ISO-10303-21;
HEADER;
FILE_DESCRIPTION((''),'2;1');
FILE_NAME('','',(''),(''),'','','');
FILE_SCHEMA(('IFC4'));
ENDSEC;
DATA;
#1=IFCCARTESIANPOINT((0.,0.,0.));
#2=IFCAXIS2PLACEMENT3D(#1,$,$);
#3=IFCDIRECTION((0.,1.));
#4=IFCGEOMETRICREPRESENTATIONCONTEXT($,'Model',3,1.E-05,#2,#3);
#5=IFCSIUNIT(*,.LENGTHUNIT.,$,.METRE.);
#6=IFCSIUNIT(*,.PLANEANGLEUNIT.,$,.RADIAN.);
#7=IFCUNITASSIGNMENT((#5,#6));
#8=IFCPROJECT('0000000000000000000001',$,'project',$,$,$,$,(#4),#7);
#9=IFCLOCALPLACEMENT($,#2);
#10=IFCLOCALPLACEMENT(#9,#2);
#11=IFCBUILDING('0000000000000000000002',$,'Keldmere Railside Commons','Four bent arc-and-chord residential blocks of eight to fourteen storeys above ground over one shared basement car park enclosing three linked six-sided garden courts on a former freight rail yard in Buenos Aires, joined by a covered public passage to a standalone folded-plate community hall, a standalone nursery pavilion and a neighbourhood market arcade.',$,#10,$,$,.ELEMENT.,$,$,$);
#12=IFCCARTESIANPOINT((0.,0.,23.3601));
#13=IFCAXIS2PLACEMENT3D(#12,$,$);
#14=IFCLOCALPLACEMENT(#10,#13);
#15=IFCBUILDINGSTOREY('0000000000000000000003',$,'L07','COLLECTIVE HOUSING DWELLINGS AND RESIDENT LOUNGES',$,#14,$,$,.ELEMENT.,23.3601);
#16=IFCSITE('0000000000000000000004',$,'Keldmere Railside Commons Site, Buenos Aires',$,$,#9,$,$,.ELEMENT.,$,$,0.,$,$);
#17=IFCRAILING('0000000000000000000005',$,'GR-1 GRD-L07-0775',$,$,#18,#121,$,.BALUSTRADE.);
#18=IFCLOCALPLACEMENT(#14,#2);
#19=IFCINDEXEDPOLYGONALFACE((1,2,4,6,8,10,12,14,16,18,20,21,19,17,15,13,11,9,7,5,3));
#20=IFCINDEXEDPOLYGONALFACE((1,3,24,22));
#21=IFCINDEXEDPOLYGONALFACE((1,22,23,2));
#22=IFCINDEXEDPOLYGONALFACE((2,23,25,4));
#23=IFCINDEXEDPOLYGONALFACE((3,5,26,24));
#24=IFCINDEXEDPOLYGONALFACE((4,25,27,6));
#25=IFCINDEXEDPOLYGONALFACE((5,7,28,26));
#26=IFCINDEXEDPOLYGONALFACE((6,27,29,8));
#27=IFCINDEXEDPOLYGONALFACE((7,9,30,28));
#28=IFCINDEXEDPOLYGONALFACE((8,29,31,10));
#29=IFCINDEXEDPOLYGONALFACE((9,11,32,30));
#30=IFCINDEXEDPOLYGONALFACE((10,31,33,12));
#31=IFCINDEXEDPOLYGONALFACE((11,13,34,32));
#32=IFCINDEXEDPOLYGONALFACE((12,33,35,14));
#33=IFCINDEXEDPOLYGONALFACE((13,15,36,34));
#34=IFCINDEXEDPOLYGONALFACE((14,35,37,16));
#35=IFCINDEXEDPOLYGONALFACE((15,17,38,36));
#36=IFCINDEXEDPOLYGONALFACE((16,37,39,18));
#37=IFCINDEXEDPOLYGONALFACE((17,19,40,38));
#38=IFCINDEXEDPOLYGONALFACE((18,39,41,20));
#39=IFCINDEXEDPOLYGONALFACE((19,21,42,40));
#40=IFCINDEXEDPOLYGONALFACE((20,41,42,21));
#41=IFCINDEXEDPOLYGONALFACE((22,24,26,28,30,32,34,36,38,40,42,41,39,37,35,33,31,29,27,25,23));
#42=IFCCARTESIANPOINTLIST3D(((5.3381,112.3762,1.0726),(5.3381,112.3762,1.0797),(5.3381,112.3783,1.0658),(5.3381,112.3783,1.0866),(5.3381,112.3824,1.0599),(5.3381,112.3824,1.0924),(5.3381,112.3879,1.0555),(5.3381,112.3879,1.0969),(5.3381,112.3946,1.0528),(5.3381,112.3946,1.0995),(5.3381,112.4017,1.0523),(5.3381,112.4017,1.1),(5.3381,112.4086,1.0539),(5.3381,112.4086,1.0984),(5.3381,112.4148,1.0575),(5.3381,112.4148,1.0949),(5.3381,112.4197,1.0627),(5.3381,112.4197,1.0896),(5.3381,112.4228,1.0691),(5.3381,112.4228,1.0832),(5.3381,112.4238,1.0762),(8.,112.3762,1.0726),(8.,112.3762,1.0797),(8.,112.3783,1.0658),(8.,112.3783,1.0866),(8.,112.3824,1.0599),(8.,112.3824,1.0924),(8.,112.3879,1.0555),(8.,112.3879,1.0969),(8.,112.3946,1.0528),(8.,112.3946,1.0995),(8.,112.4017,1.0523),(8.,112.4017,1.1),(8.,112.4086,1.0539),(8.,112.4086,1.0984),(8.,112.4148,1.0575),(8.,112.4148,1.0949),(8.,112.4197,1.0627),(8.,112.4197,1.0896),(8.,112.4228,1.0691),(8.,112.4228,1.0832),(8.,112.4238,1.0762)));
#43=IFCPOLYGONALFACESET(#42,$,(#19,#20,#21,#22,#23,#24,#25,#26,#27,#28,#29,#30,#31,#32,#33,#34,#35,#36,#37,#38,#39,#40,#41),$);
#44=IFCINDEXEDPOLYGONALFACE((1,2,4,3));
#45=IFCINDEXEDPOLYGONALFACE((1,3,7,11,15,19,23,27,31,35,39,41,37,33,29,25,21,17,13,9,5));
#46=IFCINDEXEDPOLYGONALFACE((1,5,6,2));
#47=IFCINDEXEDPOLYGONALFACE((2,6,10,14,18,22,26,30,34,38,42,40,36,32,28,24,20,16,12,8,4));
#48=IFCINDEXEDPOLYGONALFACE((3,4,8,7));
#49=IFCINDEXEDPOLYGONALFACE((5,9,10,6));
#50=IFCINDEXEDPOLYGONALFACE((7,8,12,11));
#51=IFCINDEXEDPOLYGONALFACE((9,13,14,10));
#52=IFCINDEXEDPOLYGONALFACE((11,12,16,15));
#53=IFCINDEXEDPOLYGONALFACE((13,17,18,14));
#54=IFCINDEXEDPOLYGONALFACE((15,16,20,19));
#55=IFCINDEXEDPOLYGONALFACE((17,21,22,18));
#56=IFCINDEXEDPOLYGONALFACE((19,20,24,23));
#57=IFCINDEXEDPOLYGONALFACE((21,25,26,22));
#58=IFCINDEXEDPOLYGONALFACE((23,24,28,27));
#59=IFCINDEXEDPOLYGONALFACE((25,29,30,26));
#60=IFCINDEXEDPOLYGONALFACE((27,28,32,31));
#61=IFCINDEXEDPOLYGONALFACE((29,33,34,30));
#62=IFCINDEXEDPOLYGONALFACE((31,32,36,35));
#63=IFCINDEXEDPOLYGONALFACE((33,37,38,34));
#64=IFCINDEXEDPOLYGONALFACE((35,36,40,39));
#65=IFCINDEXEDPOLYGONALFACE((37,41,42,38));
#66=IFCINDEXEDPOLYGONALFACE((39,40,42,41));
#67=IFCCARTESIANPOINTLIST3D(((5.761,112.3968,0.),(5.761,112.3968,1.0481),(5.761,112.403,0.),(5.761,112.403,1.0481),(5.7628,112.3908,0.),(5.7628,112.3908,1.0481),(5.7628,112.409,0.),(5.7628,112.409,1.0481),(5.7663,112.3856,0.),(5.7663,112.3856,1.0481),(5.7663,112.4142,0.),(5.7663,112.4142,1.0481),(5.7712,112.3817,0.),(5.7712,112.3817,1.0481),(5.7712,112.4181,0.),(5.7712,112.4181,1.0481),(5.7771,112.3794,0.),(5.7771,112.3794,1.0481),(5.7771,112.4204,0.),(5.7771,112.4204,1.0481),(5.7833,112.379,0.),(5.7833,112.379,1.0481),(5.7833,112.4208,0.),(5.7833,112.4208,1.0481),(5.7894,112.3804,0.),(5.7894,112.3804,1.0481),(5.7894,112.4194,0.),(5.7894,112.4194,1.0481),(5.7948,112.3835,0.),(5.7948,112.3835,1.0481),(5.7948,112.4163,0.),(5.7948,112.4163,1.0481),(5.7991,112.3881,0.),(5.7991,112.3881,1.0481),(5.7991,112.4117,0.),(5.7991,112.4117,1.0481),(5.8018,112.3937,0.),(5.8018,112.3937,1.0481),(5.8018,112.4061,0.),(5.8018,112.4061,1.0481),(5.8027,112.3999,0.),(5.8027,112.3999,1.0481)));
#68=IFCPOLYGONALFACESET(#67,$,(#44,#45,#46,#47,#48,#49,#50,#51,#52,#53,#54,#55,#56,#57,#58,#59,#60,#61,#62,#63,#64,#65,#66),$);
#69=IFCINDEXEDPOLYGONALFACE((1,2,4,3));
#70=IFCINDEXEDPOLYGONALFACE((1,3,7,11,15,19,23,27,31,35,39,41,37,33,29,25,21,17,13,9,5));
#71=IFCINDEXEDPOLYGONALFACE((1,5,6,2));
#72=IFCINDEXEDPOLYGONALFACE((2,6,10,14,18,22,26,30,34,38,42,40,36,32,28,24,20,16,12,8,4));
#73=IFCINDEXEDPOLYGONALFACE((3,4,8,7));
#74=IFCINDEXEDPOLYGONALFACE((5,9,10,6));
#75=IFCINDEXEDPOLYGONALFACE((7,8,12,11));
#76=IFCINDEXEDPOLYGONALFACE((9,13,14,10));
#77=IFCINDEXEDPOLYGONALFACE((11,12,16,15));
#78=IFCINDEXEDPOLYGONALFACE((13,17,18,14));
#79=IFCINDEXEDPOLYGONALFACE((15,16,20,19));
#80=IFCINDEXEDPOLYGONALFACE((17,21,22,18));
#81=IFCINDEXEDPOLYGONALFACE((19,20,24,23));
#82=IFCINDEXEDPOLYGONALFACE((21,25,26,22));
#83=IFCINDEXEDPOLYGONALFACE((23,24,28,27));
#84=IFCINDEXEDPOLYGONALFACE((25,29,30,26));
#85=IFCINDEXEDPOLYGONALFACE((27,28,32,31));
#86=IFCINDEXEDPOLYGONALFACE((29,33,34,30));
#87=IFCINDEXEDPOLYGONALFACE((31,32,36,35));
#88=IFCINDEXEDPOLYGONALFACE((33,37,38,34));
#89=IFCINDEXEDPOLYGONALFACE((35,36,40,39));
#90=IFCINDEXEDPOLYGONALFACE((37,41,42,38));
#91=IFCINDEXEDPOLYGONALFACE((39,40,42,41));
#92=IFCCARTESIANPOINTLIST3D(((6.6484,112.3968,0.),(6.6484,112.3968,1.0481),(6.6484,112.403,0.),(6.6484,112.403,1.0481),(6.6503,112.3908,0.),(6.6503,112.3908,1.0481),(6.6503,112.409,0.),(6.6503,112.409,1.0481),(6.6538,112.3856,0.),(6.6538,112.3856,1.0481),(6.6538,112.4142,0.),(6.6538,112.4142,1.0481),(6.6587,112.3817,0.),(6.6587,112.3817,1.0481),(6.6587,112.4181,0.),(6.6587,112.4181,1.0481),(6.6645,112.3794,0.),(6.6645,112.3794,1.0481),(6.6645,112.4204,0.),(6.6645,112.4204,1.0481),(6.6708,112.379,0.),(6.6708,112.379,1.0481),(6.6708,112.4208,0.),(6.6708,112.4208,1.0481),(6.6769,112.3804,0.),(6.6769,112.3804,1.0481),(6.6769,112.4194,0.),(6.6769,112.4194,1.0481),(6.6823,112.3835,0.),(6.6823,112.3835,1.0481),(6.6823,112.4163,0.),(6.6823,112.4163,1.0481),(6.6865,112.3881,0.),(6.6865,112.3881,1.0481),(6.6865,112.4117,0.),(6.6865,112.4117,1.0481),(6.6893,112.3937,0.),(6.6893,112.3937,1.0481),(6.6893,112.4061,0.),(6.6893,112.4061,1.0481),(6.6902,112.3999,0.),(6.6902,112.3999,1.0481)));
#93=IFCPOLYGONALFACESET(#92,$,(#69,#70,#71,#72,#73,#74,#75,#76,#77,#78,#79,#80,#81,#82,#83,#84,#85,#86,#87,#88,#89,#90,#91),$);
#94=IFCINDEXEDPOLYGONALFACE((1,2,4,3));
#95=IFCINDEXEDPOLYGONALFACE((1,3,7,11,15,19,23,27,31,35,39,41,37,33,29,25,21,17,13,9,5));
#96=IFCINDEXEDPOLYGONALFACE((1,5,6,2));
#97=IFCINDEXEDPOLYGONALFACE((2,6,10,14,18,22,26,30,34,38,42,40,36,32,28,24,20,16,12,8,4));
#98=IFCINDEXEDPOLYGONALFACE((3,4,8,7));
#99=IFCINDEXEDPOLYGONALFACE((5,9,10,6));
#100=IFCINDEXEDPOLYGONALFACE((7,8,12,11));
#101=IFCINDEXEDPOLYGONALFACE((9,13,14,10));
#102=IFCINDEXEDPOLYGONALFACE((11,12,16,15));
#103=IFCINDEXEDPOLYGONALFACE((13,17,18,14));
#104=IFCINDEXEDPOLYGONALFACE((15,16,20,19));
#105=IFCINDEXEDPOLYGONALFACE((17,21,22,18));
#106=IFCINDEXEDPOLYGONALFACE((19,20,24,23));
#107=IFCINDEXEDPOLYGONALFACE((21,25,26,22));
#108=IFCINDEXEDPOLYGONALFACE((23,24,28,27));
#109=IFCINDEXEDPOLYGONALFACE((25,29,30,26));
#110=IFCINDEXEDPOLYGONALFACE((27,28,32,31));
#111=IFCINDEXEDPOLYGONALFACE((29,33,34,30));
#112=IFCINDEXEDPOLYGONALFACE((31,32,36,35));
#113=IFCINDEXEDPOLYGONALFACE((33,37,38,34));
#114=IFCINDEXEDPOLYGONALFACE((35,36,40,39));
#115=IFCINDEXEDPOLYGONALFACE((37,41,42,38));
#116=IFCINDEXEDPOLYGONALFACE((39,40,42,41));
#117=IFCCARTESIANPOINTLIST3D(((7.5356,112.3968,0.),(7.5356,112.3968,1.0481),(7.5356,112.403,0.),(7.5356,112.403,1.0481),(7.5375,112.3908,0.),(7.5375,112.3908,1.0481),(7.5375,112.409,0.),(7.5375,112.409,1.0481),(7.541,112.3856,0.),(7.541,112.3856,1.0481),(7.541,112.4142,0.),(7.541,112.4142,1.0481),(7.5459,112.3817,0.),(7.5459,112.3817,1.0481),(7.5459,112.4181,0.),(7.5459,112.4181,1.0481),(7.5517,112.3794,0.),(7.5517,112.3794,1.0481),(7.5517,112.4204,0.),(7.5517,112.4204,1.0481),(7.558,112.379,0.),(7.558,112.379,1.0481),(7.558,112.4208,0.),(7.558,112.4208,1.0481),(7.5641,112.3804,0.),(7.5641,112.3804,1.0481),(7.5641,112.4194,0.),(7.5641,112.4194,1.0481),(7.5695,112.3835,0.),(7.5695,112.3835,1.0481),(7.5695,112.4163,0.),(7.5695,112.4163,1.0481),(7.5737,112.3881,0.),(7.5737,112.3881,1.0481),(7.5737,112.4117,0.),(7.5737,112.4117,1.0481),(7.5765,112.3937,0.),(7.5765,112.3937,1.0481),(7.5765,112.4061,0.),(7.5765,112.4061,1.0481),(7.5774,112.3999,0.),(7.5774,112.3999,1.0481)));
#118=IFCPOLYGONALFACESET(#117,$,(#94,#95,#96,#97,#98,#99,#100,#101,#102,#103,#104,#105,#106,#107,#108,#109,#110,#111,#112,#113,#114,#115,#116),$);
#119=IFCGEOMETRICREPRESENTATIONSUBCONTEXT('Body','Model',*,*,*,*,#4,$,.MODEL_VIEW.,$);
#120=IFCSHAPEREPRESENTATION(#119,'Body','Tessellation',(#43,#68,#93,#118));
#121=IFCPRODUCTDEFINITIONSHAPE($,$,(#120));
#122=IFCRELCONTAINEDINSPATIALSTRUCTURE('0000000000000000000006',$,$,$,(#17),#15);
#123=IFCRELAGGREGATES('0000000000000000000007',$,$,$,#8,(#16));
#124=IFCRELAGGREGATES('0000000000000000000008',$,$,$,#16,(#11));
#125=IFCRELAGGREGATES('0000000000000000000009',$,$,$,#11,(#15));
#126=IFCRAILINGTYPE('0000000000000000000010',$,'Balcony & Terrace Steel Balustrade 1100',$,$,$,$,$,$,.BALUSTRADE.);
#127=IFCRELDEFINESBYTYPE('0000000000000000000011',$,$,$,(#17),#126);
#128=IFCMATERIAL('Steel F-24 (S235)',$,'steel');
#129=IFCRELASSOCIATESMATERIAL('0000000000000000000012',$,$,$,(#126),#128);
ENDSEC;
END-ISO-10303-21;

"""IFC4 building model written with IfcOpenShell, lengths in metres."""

from ifc_helpers import new_model, si_unit, direction, frame, origin, origin_2d, place, context, subcontext, project, spatial, circle, extrude, material, type_object, element, save


model = new_model("IFC4")

# Units and contexts
model_context = context("Model", 3, precision=1e-05, world=origin(), true_north=direction((0.0, 1.0)))
body_context = subcontext(model_context, "Body", "Model", "MODEL_VIEW")
ifc_project = project(units=[si_unit("LENGTHUNIT", "METRE"), si_unit("PLANEANGLEUNIT", "RADIAN")], contexts=[model_context])

# Site, building, storey
site_placement = place(None, origin())
site = spatial("IfcSite", under=ifc_project, at=site_placement, Name="Keldmere Railside Commons Site, Buenos Aires", CompositionType="ELEMENT", RefElevation=0.0)
building_placement = place(site_placement, origin())
building = spatial("IfcBuilding", under=site, at=building_placement, Name="Keldmere Railside Commons", Description="Four bent arc-and-chord residential blocks of eight to fourteen storeys above ground over one shared basement car park enclosing three linked six-sided garden courts on a former freight rail yard in Buenos Aires, joined by a covered public passage to a standalone folded-plate community hall, a standalone nursery pavilion and a neighbourhood market arcade.", CompositionType="ELEMENT")
storey_placement = place(building_placement, frame((0.0, 0.0, 23.3601)))
storey = spatial("IfcBuildingStorey", under=building, at=storey_placement, Name="L07", Description="COLLECTIVE HOUSING DWELLINGS AND RESIDENT LOUNGES", CompositionType="ELEMENT", Elevation=23.3601)

# Railing
ifc_material_1 = material(Name="Steel F-24 (S235)", Category="steel")
railing_type = type_object("IfcRailingType", Name="Balcony & Terrace Steel Balustrade 1100", PredefinedType="BALUSTRADE", material=ifc_material_1)
railing_1_placement = place(storey_placement, frame((5.3381, 112.3999, 0.0)))
element("IfcRailing", 1, at=railing_1_placement, inside=storey, type_object=railing_type, Name="GR-1 GRD-L07-0775", PredefinedType="BALUSTRADE", context=body_context, shape_type="SweptSolid", body=[
    extrude(circle(Radius=0.0239, at=origin_2d()), frame((0.0, 0.0, 1.0762), z_axis=(1.0, 0.0, 0.0), x_axis=(0.0, 1.0, 0.0)), (0.0, 0.0, 1.0), 2.6619),
    extrude(circle(Radius=0.021, at=origin_2d()), frame((0.4436, 0.0, 0.0)), (0.0, 0.0, 1.0), 1.0481),
    extrude(circle(Radius=0.021, at=origin_2d()), frame((1.3311, 0.0, 0.0)), (0.0, 0.0, 1.0), 1.0481),
    extrude(circle(Radius=0.021, at=origin_2d()), frame((2.2183, 0.0, 0.0)), (0.0, 0.0, 1.0), 1.0481),
])

save(model, "model.ifc")
